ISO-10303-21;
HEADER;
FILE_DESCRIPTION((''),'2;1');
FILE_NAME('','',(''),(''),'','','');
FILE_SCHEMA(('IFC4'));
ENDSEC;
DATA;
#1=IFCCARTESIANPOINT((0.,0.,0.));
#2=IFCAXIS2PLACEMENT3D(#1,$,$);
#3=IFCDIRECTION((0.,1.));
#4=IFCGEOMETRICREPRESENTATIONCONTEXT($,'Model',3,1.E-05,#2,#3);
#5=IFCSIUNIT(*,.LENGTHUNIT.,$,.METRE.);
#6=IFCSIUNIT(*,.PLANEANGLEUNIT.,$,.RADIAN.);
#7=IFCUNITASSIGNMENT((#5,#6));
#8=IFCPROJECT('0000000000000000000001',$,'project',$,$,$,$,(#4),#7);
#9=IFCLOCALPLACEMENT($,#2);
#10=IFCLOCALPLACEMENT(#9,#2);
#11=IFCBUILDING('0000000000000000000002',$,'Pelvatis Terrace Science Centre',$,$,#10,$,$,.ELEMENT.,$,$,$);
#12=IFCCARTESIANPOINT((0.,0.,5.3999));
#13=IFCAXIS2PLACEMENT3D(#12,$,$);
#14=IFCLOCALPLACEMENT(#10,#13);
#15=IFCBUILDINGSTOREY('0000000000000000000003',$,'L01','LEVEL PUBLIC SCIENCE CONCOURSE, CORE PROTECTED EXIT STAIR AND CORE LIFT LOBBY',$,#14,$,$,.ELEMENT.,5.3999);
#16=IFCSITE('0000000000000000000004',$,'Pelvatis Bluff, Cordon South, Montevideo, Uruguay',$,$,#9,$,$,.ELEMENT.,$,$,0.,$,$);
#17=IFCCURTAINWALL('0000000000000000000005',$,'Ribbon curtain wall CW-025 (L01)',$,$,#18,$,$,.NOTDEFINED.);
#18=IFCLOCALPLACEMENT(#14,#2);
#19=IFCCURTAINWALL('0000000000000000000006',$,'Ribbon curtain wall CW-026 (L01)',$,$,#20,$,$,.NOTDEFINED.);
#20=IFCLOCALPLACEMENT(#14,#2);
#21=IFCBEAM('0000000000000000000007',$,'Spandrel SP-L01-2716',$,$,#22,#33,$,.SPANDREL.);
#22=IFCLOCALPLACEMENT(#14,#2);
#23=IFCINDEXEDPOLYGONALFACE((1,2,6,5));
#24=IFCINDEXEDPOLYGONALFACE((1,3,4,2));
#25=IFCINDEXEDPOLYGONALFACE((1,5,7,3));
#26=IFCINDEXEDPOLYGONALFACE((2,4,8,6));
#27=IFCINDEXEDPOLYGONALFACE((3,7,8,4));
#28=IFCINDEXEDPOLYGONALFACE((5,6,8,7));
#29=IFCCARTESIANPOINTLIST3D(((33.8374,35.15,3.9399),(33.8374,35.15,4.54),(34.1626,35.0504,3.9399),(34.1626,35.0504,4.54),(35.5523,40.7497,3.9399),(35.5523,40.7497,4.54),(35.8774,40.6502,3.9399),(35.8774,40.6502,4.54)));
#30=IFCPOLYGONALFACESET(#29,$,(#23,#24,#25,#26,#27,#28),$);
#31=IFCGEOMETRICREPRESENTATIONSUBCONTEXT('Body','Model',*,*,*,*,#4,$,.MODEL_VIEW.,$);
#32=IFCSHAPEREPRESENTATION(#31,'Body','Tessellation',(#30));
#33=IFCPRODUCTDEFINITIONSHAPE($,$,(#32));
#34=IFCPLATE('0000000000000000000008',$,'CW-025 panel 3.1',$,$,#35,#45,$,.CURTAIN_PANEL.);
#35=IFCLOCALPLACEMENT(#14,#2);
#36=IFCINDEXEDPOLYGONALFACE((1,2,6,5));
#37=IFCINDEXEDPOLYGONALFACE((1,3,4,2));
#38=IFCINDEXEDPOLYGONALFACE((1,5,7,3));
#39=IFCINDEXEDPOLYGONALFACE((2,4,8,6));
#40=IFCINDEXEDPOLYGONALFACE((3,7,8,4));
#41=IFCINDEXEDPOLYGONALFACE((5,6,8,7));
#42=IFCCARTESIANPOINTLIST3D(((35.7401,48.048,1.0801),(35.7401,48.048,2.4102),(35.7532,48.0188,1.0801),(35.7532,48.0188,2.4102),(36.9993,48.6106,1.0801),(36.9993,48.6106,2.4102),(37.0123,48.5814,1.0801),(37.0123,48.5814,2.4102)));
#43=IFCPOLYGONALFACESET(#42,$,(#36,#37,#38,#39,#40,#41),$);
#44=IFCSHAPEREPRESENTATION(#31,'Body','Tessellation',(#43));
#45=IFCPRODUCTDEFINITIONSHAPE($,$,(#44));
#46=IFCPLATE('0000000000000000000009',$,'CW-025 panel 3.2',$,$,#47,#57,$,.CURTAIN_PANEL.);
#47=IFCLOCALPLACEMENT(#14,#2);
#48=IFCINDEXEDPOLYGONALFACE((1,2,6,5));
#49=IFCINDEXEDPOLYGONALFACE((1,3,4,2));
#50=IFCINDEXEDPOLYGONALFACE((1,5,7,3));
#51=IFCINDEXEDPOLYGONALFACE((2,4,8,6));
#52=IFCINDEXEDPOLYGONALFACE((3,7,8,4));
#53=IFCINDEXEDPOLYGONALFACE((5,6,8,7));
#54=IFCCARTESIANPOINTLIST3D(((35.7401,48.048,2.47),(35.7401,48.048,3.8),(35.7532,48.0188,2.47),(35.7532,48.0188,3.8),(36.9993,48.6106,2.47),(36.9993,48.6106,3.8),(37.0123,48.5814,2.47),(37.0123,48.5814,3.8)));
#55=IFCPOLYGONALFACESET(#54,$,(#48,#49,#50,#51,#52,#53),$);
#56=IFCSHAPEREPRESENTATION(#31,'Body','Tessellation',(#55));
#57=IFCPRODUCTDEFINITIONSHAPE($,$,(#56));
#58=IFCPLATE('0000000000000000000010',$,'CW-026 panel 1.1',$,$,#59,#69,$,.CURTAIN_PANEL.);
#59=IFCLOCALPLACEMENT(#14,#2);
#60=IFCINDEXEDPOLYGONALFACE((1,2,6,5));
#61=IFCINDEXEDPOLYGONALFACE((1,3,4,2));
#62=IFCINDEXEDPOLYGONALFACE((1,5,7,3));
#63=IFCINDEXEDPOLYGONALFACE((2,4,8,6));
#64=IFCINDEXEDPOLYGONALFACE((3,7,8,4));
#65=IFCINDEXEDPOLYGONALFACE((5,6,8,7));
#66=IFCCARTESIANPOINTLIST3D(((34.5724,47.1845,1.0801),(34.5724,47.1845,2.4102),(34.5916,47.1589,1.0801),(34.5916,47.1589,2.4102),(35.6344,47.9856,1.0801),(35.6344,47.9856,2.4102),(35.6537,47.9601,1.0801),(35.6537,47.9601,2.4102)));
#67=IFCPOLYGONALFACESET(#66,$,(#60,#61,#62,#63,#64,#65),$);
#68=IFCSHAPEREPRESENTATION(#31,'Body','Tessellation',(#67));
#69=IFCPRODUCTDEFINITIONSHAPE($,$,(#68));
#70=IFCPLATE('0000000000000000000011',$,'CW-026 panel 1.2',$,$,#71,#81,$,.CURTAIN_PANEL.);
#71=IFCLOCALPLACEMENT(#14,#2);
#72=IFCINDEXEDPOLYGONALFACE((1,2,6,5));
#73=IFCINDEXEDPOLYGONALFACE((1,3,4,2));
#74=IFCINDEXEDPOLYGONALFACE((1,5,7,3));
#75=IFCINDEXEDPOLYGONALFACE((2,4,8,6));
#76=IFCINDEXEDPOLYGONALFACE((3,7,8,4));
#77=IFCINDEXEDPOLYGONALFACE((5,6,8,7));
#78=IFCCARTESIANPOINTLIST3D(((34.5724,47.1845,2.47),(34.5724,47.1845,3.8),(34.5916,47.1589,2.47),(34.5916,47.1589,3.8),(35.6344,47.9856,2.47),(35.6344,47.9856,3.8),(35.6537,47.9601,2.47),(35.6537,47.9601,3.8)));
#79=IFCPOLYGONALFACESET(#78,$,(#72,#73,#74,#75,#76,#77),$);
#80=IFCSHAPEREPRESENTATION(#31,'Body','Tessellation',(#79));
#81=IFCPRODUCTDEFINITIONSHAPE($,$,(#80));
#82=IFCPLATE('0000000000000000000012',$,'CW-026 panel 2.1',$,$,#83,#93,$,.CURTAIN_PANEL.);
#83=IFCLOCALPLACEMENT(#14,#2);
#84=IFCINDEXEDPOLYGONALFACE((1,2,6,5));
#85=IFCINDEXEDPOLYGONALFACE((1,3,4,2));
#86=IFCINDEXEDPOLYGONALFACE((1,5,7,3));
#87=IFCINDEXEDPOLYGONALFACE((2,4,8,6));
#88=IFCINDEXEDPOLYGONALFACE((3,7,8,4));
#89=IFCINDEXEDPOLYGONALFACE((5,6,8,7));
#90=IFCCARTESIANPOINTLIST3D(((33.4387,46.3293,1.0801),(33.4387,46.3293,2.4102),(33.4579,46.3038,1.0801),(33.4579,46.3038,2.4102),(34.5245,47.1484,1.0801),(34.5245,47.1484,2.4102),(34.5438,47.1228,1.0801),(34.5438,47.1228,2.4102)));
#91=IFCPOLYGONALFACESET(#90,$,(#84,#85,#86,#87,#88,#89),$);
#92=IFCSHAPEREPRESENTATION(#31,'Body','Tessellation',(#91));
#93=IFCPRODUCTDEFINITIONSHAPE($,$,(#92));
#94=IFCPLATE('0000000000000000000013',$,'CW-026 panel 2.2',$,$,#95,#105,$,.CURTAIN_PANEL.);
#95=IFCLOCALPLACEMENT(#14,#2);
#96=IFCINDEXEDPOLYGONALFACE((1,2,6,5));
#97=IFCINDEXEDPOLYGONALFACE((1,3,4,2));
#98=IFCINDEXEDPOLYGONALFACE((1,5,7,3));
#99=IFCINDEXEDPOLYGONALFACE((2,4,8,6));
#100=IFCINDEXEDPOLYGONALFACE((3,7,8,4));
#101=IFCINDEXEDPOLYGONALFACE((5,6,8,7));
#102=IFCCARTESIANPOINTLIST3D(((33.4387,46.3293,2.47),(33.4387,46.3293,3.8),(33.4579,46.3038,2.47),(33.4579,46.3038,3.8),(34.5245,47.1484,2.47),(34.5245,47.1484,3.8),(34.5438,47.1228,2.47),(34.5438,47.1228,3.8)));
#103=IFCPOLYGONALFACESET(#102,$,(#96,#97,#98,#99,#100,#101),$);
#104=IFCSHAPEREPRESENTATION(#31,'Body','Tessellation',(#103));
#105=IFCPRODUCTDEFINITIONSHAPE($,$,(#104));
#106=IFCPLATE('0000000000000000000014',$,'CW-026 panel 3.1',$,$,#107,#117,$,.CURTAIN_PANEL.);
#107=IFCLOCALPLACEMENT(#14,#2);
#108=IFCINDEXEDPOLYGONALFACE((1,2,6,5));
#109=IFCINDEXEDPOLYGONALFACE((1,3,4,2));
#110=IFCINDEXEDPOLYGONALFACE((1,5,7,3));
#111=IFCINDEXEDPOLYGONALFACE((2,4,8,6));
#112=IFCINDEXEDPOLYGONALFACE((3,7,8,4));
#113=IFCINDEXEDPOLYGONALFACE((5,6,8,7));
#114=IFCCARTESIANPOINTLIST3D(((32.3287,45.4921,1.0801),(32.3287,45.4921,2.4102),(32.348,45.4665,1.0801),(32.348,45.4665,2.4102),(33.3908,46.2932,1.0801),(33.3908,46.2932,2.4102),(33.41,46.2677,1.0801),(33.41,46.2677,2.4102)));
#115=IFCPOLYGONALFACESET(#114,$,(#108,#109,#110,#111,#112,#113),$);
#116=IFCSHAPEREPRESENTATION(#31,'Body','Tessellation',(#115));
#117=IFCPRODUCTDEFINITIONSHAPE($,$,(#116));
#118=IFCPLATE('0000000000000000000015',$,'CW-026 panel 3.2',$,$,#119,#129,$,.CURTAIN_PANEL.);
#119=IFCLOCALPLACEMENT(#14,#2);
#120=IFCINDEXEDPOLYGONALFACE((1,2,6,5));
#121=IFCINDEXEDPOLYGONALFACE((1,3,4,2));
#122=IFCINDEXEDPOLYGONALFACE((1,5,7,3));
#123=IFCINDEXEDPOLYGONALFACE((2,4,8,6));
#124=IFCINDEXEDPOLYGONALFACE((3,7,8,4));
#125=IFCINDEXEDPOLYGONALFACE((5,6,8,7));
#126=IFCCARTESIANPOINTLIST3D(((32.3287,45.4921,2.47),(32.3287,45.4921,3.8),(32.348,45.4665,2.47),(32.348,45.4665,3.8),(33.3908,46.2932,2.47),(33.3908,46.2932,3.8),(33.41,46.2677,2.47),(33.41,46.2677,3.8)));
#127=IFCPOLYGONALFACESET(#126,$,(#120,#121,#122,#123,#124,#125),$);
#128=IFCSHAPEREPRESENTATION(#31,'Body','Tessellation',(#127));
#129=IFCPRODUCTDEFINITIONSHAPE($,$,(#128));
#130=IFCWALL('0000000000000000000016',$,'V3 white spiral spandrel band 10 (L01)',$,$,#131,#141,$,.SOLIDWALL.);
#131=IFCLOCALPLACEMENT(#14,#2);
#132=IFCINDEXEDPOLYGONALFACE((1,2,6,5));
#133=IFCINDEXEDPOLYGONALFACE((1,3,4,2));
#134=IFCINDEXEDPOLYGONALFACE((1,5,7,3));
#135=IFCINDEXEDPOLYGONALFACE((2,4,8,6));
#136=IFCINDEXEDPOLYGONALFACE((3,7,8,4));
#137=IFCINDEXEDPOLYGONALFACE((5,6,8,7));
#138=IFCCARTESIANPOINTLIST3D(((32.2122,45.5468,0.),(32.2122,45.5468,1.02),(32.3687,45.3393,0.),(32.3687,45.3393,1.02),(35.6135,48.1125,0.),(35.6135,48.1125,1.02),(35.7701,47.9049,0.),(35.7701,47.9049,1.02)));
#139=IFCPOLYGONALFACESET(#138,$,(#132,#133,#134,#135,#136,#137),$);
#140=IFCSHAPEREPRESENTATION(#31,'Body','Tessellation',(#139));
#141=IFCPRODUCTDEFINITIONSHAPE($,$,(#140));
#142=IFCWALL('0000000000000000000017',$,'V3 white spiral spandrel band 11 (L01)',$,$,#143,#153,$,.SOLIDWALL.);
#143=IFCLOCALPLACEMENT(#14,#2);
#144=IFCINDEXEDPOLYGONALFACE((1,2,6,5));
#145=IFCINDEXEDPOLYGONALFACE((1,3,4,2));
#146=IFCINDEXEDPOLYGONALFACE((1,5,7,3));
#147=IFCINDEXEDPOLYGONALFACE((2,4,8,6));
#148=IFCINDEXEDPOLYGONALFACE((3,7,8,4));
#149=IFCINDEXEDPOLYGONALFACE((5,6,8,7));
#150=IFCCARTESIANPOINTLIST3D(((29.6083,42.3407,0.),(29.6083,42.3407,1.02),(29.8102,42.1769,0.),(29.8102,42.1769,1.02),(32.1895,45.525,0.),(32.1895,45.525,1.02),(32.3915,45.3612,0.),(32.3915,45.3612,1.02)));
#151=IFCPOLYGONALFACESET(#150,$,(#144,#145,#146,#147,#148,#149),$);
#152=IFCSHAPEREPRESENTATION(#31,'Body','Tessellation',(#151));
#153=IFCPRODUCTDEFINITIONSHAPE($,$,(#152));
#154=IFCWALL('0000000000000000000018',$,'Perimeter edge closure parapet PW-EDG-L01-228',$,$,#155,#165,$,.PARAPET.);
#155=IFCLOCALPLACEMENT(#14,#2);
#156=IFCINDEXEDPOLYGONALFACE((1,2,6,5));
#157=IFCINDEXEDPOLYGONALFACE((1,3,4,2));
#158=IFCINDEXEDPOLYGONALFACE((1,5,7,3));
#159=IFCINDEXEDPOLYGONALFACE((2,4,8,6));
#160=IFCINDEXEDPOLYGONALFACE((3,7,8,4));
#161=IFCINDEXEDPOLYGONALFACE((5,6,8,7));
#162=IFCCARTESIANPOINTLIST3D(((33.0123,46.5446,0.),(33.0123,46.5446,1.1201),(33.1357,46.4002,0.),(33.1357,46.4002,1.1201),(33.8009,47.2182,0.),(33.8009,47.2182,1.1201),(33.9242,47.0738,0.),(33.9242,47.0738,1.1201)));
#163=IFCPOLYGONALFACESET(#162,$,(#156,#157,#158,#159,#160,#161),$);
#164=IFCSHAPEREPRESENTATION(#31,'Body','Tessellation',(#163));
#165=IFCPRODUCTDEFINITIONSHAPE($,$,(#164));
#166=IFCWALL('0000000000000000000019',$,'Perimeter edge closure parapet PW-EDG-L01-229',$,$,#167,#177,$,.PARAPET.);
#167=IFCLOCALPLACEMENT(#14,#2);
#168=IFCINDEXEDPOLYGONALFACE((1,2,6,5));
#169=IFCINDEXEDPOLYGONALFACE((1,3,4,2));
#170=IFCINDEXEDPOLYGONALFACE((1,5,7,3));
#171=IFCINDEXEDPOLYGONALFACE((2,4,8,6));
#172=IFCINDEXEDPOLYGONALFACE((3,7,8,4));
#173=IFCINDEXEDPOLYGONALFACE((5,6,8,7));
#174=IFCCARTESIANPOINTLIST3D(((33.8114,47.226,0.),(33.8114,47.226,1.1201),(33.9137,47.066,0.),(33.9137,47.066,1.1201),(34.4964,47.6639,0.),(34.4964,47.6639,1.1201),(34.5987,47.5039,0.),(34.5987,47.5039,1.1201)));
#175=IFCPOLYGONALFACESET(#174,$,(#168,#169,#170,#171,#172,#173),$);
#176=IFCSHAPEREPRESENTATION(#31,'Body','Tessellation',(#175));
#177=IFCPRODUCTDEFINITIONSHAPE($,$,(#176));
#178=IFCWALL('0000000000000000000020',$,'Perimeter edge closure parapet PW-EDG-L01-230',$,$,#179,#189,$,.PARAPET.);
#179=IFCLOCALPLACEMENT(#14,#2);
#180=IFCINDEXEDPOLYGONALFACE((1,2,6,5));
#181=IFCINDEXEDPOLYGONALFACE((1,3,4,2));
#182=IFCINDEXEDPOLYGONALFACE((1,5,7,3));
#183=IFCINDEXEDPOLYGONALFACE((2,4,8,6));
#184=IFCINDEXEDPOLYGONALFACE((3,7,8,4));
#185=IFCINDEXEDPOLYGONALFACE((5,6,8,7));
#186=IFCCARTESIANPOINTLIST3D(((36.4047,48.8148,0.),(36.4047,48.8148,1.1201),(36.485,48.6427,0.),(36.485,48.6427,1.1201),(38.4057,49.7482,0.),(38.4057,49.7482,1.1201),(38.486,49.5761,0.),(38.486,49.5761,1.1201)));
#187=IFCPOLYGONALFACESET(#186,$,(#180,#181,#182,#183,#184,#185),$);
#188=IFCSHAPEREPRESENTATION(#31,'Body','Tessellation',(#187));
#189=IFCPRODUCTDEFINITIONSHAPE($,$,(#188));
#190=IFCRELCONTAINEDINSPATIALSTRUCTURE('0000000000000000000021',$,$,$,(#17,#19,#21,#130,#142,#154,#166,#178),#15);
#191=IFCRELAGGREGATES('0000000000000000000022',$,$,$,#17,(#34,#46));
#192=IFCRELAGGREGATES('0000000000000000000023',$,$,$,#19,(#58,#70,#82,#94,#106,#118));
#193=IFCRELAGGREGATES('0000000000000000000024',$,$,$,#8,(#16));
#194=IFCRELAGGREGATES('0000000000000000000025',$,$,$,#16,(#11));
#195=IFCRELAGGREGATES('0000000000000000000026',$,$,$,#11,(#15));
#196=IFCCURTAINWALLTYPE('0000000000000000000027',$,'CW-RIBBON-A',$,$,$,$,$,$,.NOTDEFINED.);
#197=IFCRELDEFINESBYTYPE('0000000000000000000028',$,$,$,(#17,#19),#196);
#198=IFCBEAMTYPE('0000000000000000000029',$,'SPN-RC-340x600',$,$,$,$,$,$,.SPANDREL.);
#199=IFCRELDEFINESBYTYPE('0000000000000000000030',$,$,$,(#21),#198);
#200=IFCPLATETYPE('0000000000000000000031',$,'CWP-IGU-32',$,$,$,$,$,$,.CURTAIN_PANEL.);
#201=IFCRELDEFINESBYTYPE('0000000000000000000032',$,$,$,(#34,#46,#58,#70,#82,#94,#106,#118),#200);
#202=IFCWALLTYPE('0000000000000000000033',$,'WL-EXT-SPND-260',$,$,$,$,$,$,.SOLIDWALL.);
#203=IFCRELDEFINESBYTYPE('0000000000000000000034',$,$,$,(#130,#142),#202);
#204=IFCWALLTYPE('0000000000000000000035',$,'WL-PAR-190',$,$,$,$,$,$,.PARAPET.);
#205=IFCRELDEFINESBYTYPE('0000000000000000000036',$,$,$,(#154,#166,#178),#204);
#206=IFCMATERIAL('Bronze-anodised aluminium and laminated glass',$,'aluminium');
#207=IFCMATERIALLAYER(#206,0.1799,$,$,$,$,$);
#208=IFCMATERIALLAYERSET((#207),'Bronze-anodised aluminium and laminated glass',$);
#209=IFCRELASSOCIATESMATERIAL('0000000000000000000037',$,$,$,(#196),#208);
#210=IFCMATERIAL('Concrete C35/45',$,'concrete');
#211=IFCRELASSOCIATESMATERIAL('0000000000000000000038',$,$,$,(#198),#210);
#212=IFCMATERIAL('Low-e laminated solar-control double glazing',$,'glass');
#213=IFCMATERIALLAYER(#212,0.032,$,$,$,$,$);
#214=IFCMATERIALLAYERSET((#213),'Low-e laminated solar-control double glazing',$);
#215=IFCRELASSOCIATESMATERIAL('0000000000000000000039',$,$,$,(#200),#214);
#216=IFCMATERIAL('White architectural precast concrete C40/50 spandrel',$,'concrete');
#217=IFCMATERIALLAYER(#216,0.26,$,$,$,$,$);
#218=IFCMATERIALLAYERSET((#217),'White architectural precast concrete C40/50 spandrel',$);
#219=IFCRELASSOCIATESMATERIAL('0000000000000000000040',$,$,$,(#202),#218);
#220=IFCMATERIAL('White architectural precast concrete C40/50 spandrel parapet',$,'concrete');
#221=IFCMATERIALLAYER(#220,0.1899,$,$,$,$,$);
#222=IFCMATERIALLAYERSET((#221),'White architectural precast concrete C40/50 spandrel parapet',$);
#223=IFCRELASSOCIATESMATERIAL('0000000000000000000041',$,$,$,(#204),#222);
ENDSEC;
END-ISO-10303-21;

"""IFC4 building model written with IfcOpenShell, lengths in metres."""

from ifc_helpers import new_model, si_unit, direction, frame, frame_2d, origin, origin_2d, place, context, subcontext, project, spatial, rectangle, extrude, material, layer, layer_set, material_profile, profile_set, type_object, element, aggregate, save


model = new_model("IFC4")

# Units and contexts
model_context = context("Model", 3, precision=1e-05, world=origin(), true_north=direction((0.0, 1.0)))
body_context = subcontext(model_context, "Body", "Model", "MODEL_VIEW")
ifc_project = project(units=[si_unit("LENGTHUNIT", "METRE"), si_unit("PLANEANGLEUNIT", "RADIAN")], contexts=[model_context])

# Site, building, storey
site_placement = place(None, origin())
site = spatial("IfcSite", under=ifc_project, at=site_placement, Name="Pelvatis Bluff, Cordon South, Montevideo, Uruguay", CompositionType="ELEMENT", RefElevation=0.0)
building_placement = place(site_placement, origin())
building = spatial("IfcBuilding", under=site, at=building_placement, Name="Pelvatis Terrace Science Centre", CompositionType="ELEMENT")
storey_placement = place(building_placement, frame((0.0, 0.0, 5.3999)))
storey = spatial("IfcBuildingStorey", under=building, at=storey_placement, Name="L01", Description="LEVEL PUBLIC SCIENCE CONCOURSE, CORE PROTECTED EXIT STAIR AND CORE LIFT LOBBY", CompositionType="ELEMENT", Elevation=5.3999)

# Curtain wall
ifc_material_1 = material(Name="Bronze-anodised aluminium and laminated glass", Category="aluminium")
ifc_layer_1 = layer(ifc_material_1, 0.1799)
ifc_layer_set_1 = layer_set([ifc_layer_1], Name="Bronze-anodised aluminium and laminated glass")
curtain_wall_type = type_object("IfcCurtainWallType", Name="CW-RIBBON-A", PredefinedType="NOTDEFINED", material=ifc_layer_set_1)
curtain_wall_1_placement = place(storey_placement, origin())
curtain_wall_1 = element("IfcCurtainWall", 1, at=curtain_wall_1_placement, inside=storey, type_object=curtain_wall_type, Name="Ribbon curtain wall CW-025 (L01)", PredefinedType="NOTDEFINED")

# Curtain wall
curtain_wall_2_placement = place(storey_placement, origin())
curtain_wall_2 = element("IfcCurtainWall", 2, at=curtain_wall_2_placement, inside=storey, type_object=curtain_wall_type, Name="Ribbon curtain wall CW-026 (L01)", PredefinedType="NOTDEFINED")

# Beam
ifc_material_2 = material(Name="Concrete C35/45", Category="concrete")
ifc_material_profile_1 = material_profile(ifc_material_2, rectangle(XDim=0.3401, YDim=0.6001, at=origin_2d()), Name="RC-SPN 340x600")
ifc_profile_set_1 = profile_set([ifc_material_profile_1], Name="Concrete C35/45")
beam_type = type_object("IfcBeamType", Name="SPN-RC-340x600", PredefinedType="SPANDREL", material=ifc_profile_set_1)
beam_1_placement = place(storey_placement, frame((35.7148, 40.7, 4.24), z_axis=(-0.292808, -0.956171, 0.0), x_axis=(0.956171, -0.292808, 0.0)))
element("IfcBeam", 3, at=beam_1_placement, inside=storey, type_object=beam_type, Name="Spandrel SP-L01-2716", PredefinedType="SPANDREL", context=body_context, shape_type="SweptSolid", body=[
    extrude(rectangle(XDim=0.3401, YDim=0.6001, at=origin_2d()), origin(), (0.0, 0.0, 1.0), 5.8564),
])

# Plates
ifc_material_3 = material(Name="Low-e laminated solar-control double glazing", Category="glass")
ifc_layer_2 = layer(ifc_material_3, 0.032)
ifc_layer_set_2 = layer_set([ifc_layer_2], Name="Low-e laminated solar-control double glazing")
plate_type = type_object("IfcPlateType", Name="CWP-IGU-32", PredefinedType="CURTAIN_PANEL", material=ifc_layer_set_2)
plate_1_placement = place(storey_placement, frame((36.3762, 48.3147, 1.0801), z_axis=(0.0, 0.0, 1.0), x_axis=(-0.912985, -0.407992, 0.0)))
plate_1 = element("IfcPlate", 4, at=plate_1_placement, type_object=plate_type, Name="CW-025 panel 3.1", PredefinedType="CURTAIN_PANEL", context=body_context, shape_type="SweptSolid", body=[
    extrude(rectangle(XDim=1.3792, YDim=0.032, at=origin_2d()), origin(), (0.0, 0.0, 1.0), 1.3301),
])
plate_2_placement = place(storey_placement, frame((36.3762, 48.3147, 2.47), z_axis=(0.0, 0.0, 1.0), x_axis=(-0.912985, -0.407992, 0.0)))
plate_2 = element("IfcPlate", 5, at=plate_2_placement, type_object=plate_type, Name="CW-025 panel 3.2", PredefinedType="CURTAIN_PANEL", context=body_context, shape_type="SweptSolid", body=[
    extrude(rectangle(XDim=1.3792, YDim=0.032, at=origin_2d()), origin(), (0.0, 0.0, 1.0), 1.3301),
])
aggregate(curtain_wall_1, [plate_1, plate_2])
plate_3_placement = place(storey_placement, frame((35.113, 47.5723, 1.0801), z_axis=(0.0, 0.0, 1.0), x_axis=(-0.798335, -0.602213, 0.0)))
plate_3 = element("IfcPlate", 6, at=plate_3_placement, type_object=plate_type, Name="CW-026 panel 1.1", PredefinedType="CURTAIN_PANEL", context=body_context, shape_type="SweptSolid", body=[
    extrude(rectangle(XDim=1.3303, YDim=0.032, at=origin_2d()), origin(), (0.0, 0.0, 1.0), 1.3301),
])
plate_4_placement = place(storey_placement, frame((35.113, 47.5723, 2.47), z_axis=(0.0, 0.0, 1.0), x_axis=(-0.798335, -0.602213, 0.0)))
plate_4 = element("IfcPlate", 7, at=plate_4_placement, type_object=plate_type, Name="CW-026 panel 1.2", PredefinedType="CURTAIN_PANEL", context=body_context, shape_type="SweptSolid", body=[
    extrude(rectangle(XDim=1.3303, YDim=0.032, at=origin_2d()), origin(), (0.0, 0.0, 1.0), 1.3301),
])
plate_5_placement = place(storey_placement, frame((33.9912, 46.7261, 1.0801), z_axis=(0.0, 0.0, 1.0), x_axis=(-0.798335, -0.602213, 0.0)))
plate_5 = element("IfcPlate", 8, at=plate_5_placement, type_object=plate_type, Name="CW-026 panel 2.1", PredefinedType="CURTAIN_PANEL", context=body_context, shape_type="SweptSolid", body=[
    extrude(rectangle(XDim=1.3601, YDim=0.032, at=origin_2d()), origin(), (0.0, 0.0, 1.0), 1.3301),
])
plate_6_placement = place(storey_placement, frame((33.9912, 46.7261, 2.47), z_axis=(0.0, 0.0, 1.0), x_axis=(-0.798335, -0.602213, 0.0)))
plate_6 = element("IfcPlate", 9, at=plate_6_placement, type_object=plate_type, Name="CW-026 panel 2.2", PredefinedType="CURTAIN_PANEL", context=body_context, shape_type="SweptSolid", body=[
    extrude(rectangle(XDim=1.3601, YDim=0.032, at=origin_2d()), origin(), (0.0, 0.0, 1.0), 1.3301),
])
plate_7_placement = place(storey_placement, frame((32.8694, 45.8799, 1.0801), z_axis=(0.0, 0.0, 1.0), x_axis=(-0.798335, -0.602213, 0.0)))
plate_7 = element("IfcPlate", 10, at=plate_7_placement, type_object=plate_type, Name="CW-026 panel 3.1", PredefinedType="CURTAIN_PANEL", context=body_context, shape_type="SweptSolid", body=[
    extrude(rectangle(XDim=1.3303, YDim=0.032, at=origin_2d()), origin(), (0.0, 0.0, 1.0), 1.3301),
])
plate_8_placement = place(storey_placement, frame((32.8694, 45.8799, 2.47), z_axis=(0.0, 0.0, 1.0), x_axis=(-0.798335, -0.602213, 0.0)))
plate_8 = element("IfcPlate", 11, at=plate_8_placement, type_object=plate_type, Name="CW-026 panel 3.2", PredefinedType="CURTAIN_PANEL", context=body_context, shape_type="SweptSolid", body=[
    extrude(rectangle(XDim=1.3303, YDim=0.032, at=origin_2d()), origin(), (0.0, 0.0, 1.0), 1.3301),
])
aggregate(curtain_wall_2, [plate_3, plate_4, plate_5, plate_6, plate_7, plate_8])

# Walls
ifc_material_4 = material(Name="White architectural precast concrete C40/50 spandrel", Category="concrete")
ifc_layer_3 = layer(ifc_material_4, 0.26)
ifc_layer_set_3 = layer_set([ifc_layer_3], Name="White architectural precast concrete C40/50 spandrel")
wall_type_1 = type_object("IfcWallType", Name="WL-EXT-SPND-260", PredefinedType="SOLIDWALL", material=ifc_layer_set_3)
wall_1_placement = place(storey_placement, frame((35.6919, 48.0088, 0.0), z_axis=(0.0, 0.0, 1.0), x_axis=(-0.798347, -0.602198, 0.0)))
element("IfcWall", 12, at=wall_1_placement, inside=storey, type_object=wall_type_1, Name="V3 white spiral spandrel band 10 (L01)", PredefinedType="SOLIDWALL", context=body_context, shape_type="SweptSolid", body=[
    extrude(rectangle(XDim=4.2605, YDim=0.26, at=frame_2d((2.1304, 0.0))), origin(), (0.0, 0.0, 1.0), 1.02),
])
wall_2_placement = place(storey_placement, frame((32.2905, 45.4431, 0.0), z_axis=(0.0, 0.0, 1.0), x_axis=(-0.629716, -0.776826, 0.0)))
element("IfcWall", 13, at=wall_2_placement, inside=storey, type_object=wall_type_1, Name="V3 white spiral spandrel band 11 (L01)", PredefinedType="SOLIDWALL", context=body_context, shape_type="SweptSolid", body=[
    extrude(rectangle(XDim=4.0991, YDim=0.26, at=frame_2d((2.0496, 0.0))), origin(), (0.0, 0.0, 1.0), 1.02),
])
ifc_material_5 = material(Name="White architectural precast concrete C40/50 spandrel parapet", Category="concrete")
ifc_layer_4 = layer(ifc_material_5, 0.1899)
ifc_layer_set_4 = layer_set([ifc_layer_4], Name="White architectural precast concrete C40/50 spandrel parapet")
wall_type_2 = type_object("IfcWallType", Name="WL-PAR-190", PredefinedType="PARAPET", material=ifc_layer_set_4)
wall_3_placement = place(storey_placement, frame((33.074, 46.4724, 0.0), z_axis=(0.0, 0.0, 1.0), x_axis=(0.760369, 0.649492, 0.0)))
element("IfcWall", 14, at=wall_3_placement, inside=storey, type_object=wall_type_2, Name="Perimeter edge closure parapet PW-EDG-L01-228", PredefinedType="PARAPET", context=body_context, shape_type="SweptSolid", body=[
    extrude(rectangle(XDim=1.0371, YDim=0.1899, at=frame_2d((0.5186, 0.0))), origin(), (0.0, 0.0, 1.0), 1.1201),
])
wall_4_placement = place(storey_placement, frame((33.8625, 47.146, 0.0), z_axis=(0.0, 0.0, 1.0), x_axis=(0.842522, 0.538662, 0.0)))
element("IfcWall", 15, at=wall_4_placement, inside=storey, type_object=wall_type_2, Name="Perimeter edge closure parapet PW-EDG-L01-229", PredefinedType="PARAPET", context=body_context, shape_type="SweptSolid", body=[
    extrude(rectangle(XDim=0.813, YDim=0.1899, at=frame_2d((0.4065, 0.0))), origin(), (0.0, 0.0, 1.0), 1.1201),
])
wall_5_placement = place(storey_placement, frame((36.4448, 48.7288, 0.0), z_axis=(0.0, 0.0, 1.0), x_axis=(0.906259, 0.422722, 0.0)))
element("IfcWall", 16, at=wall_5_placement, inside=storey, type_object=wall_type_2, Name="Perimeter edge closure parapet PW-EDG-L01-230", PredefinedType="PARAPET", context=body_context, shape_type="SweptSolid", body=[
    extrude(rectangle(XDim=2.208, YDim=0.1899, at=frame_2d((1.104, 0.0))), origin(), (0.0, 0.0, 1.0), 1.1201),
])

save(model, "model.ifc")
